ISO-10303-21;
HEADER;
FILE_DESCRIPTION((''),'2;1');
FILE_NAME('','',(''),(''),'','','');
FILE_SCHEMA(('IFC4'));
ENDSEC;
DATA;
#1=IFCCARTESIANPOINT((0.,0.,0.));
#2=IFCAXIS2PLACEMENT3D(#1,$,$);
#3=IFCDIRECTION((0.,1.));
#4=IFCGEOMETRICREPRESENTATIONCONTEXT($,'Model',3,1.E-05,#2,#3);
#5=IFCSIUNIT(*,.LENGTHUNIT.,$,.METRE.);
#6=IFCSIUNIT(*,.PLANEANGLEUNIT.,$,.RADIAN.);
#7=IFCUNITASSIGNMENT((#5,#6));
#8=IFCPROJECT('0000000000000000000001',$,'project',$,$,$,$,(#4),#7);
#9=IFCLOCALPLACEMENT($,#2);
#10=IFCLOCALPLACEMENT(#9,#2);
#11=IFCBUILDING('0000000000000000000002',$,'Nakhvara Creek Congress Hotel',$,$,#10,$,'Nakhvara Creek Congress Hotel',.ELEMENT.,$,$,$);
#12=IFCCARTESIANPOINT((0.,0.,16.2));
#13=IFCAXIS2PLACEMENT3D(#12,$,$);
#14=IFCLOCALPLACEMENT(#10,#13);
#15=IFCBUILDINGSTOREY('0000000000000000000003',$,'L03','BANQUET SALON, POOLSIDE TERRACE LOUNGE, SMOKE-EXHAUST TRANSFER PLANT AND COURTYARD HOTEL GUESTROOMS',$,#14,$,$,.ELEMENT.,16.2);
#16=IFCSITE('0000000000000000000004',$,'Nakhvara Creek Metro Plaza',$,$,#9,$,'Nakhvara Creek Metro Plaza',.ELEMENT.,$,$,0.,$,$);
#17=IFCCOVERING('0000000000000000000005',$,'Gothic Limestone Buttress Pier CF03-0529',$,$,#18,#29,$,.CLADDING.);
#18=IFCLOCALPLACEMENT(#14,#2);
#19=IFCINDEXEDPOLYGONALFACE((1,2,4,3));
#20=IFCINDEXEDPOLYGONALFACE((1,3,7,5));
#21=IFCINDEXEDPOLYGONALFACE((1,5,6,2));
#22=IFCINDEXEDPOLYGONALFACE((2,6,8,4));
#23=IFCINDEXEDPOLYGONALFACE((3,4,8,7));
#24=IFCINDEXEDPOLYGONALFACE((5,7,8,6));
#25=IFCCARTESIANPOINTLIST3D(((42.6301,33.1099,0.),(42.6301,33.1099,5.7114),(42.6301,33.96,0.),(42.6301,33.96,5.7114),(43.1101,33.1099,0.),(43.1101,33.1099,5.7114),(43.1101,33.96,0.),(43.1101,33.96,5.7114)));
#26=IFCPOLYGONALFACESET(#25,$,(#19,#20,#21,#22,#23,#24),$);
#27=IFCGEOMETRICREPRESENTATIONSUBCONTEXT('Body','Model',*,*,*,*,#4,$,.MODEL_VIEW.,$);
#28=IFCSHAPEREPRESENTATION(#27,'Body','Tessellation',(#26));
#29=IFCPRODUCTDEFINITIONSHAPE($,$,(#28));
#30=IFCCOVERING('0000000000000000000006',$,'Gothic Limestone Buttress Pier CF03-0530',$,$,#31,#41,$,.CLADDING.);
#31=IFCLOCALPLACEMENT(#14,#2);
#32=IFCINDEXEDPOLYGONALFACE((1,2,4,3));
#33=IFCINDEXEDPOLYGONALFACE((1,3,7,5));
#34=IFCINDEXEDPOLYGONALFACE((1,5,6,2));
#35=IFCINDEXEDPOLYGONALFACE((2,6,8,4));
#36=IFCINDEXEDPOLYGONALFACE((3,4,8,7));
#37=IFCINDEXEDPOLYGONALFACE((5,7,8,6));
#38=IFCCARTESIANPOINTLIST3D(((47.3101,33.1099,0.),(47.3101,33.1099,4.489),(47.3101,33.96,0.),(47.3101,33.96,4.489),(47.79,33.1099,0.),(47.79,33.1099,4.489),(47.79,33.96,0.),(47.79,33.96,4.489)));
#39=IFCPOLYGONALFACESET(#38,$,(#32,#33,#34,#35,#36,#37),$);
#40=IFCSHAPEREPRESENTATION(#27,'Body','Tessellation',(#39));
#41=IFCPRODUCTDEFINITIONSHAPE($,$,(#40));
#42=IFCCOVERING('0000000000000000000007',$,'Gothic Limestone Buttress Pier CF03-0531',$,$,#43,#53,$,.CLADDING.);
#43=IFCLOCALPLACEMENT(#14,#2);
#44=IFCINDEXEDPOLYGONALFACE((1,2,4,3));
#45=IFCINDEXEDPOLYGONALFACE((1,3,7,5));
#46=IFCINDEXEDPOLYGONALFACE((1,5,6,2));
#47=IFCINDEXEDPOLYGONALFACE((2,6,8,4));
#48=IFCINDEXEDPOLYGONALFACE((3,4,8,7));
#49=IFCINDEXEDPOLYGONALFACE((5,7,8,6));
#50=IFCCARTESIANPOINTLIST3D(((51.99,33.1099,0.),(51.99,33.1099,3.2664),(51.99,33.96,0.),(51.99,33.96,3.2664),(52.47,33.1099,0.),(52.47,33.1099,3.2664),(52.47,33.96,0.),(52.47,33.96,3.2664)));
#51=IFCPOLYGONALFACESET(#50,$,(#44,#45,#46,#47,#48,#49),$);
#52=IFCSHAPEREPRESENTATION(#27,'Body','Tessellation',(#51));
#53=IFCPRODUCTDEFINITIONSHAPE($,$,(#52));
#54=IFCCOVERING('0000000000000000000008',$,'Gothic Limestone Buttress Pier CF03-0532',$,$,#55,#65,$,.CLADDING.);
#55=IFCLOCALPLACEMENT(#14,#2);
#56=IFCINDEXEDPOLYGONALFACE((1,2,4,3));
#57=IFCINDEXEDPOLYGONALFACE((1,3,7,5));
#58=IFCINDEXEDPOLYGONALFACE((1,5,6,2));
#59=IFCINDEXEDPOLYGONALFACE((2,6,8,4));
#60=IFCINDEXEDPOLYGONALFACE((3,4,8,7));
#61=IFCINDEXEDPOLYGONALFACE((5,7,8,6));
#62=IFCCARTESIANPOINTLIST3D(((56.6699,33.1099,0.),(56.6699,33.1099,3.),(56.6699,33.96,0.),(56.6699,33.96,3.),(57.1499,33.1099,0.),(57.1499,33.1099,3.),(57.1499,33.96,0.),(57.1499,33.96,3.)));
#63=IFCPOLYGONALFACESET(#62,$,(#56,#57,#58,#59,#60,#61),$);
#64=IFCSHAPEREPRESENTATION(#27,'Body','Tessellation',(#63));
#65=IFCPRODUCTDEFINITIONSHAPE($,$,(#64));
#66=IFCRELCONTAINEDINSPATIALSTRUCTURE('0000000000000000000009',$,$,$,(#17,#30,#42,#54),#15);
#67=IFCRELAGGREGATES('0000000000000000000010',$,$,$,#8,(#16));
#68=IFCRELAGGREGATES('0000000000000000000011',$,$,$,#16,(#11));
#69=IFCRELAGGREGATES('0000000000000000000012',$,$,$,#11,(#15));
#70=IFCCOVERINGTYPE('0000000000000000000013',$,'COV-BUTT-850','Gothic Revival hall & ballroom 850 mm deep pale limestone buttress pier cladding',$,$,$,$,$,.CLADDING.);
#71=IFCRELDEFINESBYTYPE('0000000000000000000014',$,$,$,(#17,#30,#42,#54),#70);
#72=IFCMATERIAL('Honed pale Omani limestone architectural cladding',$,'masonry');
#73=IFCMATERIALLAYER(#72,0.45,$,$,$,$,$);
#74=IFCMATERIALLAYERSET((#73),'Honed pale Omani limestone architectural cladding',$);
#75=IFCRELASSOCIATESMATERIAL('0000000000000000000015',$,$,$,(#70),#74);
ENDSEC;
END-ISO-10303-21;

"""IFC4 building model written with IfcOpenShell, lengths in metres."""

from ifc_helpers import new_model, si_unit, direction, frame, origin, origin_2d, place, context, subcontext, project, spatial, rectangle, extrude, material, layer, layer_set, type_object, element, save


model = new_model("IFC4")

# Units and contexts
model_context = context("Model", 3, precision=1e-05, world=origin(), true_north=direction((0.0, 1.0)))
body_context = subcontext(model_context, "Body", "Model", "MODEL_VIEW")
ifc_project = project(units=[si_unit("LENGTHUNIT", "METRE"), si_unit("PLANEANGLEUNIT", "RADIAN")], contexts=[model_context])

# Site, building, storey
site_placement = place(None, origin())
site = spatial("IfcSite", under=ifc_project, at=site_placement, Name="Nakhvara Creek Metro Plaza", LongName="Nakhvara Creek Metro Plaza", CompositionType="ELEMENT", RefElevation=0.0)
building_placement = place(site_placement, origin())
building = spatial("IfcBuilding", under=site, at=building_placement, Name="Nakhvara Creek Congress Hotel", LongName="Nakhvara Creek Congress Hotel", CompositionType="ELEMENT")
storey_placement = place(building_placement, frame((0.0, 0.0, 16.2)))
storey = spatial("IfcBuildingStorey", under=building, at=storey_placement, Name="L03", Description="BANQUET SALON, POOLSIDE TERRACE LOUNGE, SMOKE-EXHAUST TRANSFER PLANT AND COURTYARD HOTEL GUESTROOMS", CompositionType="ELEMENT", Elevation=16.2)

# Coverings
ifc_material_1 = material(Name="Honed pale Omani limestone architectural cladding", Category="masonry")
ifc_layer_1 = layer(ifc_material_1, 0.45)
ifc_layer_set_1 = layer_set([ifc_layer_1], Name="Honed pale Omani limestone architectural cladding")
covering_type = type_object("IfcCoveringType", Name="COV-BUTT-850", Description="Gothic Revival hall & ballroom 850 mm deep pale limestone buttress pier cladding", PredefinedType="CLADDING", material=ifc_layer_set_1)
covering_1_placement = place(storey_placement, frame((42.8701, 33.5349, 0.0), z_axis=(0.0, 0.0, 1.0), x_axis=(1.0, 0.0, 0.0)))
element("IfcCovering", 1, at=covering_1_placement, inside=storey, type_object=covering_type, Name="Gothic Limestone Buttress Pier CF03-0529", PredefinedType="CLADDING", context=body_context, shape_type="SweptSolid", body=[
    extrude(rectangle(XDim=0.48, YDim=0.8501, at=origin_2d()), origin(), (0.0, 0.0, 1.0), 5.7114),
])
covering_2_placement = place(storey_placement, frame((47.55, 33.5349, 0.0), z_axis=(0.0, 0.0, 1.0), x_axis=(1.0, 0.0, 0.0)))
element("IfcCovering", 2, at=covering_2_placement, inside=storey, type_object=covering_type, Name="Gothic Limestone Buttress Pier CF03-0530", PredefinedType="CLADDING", context=body_context, shape_type="SweptSolid", body=[
    extrude(rectangle(XDim=0.48, YDim=0.8501, at=origin_2d()), origin(), (0.0, 0.0, 1.0), 4.489),
])
covering_3_placement = place(storey_placement, frame((52.23, 33.5349, 0.0), z_axis=(0.0, 0.0, 1.0), x_axis=(1.0, 0.0, 0.0)))
element("IfcCovering", 3, at=covering_3_placement, inside=storey, type_object=covering_type, Name="Gothic Limestone Buttress Pier CF03-0531", PredefinedType="CLADDING", context=body_context, shape_type="SweptSolid", body=[
    extrude(rectangle(XDim=0.48, YDim=0.8501, at=origin_2d()), origin(), (0.0, 0.0, 1.0), 3.2664),
])
covering_4_placement = place(storey_placement, frame((56.9099, 33.5349, 0.0), z_axis=(0.0, 0.0, 1.0), x_axis=(1.0, 0.0, 0.0)))
element("IfcCovering", 4, at=covering_4_placement, inside=storey, type_object=covering_type, Name="Gothic Limestone Buttress Pier CF03-0532", PredefinedType="CLADDING", context=body_context, shape_type="SweptSolid", body=[
    extrude(rectangle(XDim=0.48, YDim=0.8501, at=origin_2d()), origin(), (0.0, 0.0, 1.0), 3.0),
])

save(model, "model.ifc")
